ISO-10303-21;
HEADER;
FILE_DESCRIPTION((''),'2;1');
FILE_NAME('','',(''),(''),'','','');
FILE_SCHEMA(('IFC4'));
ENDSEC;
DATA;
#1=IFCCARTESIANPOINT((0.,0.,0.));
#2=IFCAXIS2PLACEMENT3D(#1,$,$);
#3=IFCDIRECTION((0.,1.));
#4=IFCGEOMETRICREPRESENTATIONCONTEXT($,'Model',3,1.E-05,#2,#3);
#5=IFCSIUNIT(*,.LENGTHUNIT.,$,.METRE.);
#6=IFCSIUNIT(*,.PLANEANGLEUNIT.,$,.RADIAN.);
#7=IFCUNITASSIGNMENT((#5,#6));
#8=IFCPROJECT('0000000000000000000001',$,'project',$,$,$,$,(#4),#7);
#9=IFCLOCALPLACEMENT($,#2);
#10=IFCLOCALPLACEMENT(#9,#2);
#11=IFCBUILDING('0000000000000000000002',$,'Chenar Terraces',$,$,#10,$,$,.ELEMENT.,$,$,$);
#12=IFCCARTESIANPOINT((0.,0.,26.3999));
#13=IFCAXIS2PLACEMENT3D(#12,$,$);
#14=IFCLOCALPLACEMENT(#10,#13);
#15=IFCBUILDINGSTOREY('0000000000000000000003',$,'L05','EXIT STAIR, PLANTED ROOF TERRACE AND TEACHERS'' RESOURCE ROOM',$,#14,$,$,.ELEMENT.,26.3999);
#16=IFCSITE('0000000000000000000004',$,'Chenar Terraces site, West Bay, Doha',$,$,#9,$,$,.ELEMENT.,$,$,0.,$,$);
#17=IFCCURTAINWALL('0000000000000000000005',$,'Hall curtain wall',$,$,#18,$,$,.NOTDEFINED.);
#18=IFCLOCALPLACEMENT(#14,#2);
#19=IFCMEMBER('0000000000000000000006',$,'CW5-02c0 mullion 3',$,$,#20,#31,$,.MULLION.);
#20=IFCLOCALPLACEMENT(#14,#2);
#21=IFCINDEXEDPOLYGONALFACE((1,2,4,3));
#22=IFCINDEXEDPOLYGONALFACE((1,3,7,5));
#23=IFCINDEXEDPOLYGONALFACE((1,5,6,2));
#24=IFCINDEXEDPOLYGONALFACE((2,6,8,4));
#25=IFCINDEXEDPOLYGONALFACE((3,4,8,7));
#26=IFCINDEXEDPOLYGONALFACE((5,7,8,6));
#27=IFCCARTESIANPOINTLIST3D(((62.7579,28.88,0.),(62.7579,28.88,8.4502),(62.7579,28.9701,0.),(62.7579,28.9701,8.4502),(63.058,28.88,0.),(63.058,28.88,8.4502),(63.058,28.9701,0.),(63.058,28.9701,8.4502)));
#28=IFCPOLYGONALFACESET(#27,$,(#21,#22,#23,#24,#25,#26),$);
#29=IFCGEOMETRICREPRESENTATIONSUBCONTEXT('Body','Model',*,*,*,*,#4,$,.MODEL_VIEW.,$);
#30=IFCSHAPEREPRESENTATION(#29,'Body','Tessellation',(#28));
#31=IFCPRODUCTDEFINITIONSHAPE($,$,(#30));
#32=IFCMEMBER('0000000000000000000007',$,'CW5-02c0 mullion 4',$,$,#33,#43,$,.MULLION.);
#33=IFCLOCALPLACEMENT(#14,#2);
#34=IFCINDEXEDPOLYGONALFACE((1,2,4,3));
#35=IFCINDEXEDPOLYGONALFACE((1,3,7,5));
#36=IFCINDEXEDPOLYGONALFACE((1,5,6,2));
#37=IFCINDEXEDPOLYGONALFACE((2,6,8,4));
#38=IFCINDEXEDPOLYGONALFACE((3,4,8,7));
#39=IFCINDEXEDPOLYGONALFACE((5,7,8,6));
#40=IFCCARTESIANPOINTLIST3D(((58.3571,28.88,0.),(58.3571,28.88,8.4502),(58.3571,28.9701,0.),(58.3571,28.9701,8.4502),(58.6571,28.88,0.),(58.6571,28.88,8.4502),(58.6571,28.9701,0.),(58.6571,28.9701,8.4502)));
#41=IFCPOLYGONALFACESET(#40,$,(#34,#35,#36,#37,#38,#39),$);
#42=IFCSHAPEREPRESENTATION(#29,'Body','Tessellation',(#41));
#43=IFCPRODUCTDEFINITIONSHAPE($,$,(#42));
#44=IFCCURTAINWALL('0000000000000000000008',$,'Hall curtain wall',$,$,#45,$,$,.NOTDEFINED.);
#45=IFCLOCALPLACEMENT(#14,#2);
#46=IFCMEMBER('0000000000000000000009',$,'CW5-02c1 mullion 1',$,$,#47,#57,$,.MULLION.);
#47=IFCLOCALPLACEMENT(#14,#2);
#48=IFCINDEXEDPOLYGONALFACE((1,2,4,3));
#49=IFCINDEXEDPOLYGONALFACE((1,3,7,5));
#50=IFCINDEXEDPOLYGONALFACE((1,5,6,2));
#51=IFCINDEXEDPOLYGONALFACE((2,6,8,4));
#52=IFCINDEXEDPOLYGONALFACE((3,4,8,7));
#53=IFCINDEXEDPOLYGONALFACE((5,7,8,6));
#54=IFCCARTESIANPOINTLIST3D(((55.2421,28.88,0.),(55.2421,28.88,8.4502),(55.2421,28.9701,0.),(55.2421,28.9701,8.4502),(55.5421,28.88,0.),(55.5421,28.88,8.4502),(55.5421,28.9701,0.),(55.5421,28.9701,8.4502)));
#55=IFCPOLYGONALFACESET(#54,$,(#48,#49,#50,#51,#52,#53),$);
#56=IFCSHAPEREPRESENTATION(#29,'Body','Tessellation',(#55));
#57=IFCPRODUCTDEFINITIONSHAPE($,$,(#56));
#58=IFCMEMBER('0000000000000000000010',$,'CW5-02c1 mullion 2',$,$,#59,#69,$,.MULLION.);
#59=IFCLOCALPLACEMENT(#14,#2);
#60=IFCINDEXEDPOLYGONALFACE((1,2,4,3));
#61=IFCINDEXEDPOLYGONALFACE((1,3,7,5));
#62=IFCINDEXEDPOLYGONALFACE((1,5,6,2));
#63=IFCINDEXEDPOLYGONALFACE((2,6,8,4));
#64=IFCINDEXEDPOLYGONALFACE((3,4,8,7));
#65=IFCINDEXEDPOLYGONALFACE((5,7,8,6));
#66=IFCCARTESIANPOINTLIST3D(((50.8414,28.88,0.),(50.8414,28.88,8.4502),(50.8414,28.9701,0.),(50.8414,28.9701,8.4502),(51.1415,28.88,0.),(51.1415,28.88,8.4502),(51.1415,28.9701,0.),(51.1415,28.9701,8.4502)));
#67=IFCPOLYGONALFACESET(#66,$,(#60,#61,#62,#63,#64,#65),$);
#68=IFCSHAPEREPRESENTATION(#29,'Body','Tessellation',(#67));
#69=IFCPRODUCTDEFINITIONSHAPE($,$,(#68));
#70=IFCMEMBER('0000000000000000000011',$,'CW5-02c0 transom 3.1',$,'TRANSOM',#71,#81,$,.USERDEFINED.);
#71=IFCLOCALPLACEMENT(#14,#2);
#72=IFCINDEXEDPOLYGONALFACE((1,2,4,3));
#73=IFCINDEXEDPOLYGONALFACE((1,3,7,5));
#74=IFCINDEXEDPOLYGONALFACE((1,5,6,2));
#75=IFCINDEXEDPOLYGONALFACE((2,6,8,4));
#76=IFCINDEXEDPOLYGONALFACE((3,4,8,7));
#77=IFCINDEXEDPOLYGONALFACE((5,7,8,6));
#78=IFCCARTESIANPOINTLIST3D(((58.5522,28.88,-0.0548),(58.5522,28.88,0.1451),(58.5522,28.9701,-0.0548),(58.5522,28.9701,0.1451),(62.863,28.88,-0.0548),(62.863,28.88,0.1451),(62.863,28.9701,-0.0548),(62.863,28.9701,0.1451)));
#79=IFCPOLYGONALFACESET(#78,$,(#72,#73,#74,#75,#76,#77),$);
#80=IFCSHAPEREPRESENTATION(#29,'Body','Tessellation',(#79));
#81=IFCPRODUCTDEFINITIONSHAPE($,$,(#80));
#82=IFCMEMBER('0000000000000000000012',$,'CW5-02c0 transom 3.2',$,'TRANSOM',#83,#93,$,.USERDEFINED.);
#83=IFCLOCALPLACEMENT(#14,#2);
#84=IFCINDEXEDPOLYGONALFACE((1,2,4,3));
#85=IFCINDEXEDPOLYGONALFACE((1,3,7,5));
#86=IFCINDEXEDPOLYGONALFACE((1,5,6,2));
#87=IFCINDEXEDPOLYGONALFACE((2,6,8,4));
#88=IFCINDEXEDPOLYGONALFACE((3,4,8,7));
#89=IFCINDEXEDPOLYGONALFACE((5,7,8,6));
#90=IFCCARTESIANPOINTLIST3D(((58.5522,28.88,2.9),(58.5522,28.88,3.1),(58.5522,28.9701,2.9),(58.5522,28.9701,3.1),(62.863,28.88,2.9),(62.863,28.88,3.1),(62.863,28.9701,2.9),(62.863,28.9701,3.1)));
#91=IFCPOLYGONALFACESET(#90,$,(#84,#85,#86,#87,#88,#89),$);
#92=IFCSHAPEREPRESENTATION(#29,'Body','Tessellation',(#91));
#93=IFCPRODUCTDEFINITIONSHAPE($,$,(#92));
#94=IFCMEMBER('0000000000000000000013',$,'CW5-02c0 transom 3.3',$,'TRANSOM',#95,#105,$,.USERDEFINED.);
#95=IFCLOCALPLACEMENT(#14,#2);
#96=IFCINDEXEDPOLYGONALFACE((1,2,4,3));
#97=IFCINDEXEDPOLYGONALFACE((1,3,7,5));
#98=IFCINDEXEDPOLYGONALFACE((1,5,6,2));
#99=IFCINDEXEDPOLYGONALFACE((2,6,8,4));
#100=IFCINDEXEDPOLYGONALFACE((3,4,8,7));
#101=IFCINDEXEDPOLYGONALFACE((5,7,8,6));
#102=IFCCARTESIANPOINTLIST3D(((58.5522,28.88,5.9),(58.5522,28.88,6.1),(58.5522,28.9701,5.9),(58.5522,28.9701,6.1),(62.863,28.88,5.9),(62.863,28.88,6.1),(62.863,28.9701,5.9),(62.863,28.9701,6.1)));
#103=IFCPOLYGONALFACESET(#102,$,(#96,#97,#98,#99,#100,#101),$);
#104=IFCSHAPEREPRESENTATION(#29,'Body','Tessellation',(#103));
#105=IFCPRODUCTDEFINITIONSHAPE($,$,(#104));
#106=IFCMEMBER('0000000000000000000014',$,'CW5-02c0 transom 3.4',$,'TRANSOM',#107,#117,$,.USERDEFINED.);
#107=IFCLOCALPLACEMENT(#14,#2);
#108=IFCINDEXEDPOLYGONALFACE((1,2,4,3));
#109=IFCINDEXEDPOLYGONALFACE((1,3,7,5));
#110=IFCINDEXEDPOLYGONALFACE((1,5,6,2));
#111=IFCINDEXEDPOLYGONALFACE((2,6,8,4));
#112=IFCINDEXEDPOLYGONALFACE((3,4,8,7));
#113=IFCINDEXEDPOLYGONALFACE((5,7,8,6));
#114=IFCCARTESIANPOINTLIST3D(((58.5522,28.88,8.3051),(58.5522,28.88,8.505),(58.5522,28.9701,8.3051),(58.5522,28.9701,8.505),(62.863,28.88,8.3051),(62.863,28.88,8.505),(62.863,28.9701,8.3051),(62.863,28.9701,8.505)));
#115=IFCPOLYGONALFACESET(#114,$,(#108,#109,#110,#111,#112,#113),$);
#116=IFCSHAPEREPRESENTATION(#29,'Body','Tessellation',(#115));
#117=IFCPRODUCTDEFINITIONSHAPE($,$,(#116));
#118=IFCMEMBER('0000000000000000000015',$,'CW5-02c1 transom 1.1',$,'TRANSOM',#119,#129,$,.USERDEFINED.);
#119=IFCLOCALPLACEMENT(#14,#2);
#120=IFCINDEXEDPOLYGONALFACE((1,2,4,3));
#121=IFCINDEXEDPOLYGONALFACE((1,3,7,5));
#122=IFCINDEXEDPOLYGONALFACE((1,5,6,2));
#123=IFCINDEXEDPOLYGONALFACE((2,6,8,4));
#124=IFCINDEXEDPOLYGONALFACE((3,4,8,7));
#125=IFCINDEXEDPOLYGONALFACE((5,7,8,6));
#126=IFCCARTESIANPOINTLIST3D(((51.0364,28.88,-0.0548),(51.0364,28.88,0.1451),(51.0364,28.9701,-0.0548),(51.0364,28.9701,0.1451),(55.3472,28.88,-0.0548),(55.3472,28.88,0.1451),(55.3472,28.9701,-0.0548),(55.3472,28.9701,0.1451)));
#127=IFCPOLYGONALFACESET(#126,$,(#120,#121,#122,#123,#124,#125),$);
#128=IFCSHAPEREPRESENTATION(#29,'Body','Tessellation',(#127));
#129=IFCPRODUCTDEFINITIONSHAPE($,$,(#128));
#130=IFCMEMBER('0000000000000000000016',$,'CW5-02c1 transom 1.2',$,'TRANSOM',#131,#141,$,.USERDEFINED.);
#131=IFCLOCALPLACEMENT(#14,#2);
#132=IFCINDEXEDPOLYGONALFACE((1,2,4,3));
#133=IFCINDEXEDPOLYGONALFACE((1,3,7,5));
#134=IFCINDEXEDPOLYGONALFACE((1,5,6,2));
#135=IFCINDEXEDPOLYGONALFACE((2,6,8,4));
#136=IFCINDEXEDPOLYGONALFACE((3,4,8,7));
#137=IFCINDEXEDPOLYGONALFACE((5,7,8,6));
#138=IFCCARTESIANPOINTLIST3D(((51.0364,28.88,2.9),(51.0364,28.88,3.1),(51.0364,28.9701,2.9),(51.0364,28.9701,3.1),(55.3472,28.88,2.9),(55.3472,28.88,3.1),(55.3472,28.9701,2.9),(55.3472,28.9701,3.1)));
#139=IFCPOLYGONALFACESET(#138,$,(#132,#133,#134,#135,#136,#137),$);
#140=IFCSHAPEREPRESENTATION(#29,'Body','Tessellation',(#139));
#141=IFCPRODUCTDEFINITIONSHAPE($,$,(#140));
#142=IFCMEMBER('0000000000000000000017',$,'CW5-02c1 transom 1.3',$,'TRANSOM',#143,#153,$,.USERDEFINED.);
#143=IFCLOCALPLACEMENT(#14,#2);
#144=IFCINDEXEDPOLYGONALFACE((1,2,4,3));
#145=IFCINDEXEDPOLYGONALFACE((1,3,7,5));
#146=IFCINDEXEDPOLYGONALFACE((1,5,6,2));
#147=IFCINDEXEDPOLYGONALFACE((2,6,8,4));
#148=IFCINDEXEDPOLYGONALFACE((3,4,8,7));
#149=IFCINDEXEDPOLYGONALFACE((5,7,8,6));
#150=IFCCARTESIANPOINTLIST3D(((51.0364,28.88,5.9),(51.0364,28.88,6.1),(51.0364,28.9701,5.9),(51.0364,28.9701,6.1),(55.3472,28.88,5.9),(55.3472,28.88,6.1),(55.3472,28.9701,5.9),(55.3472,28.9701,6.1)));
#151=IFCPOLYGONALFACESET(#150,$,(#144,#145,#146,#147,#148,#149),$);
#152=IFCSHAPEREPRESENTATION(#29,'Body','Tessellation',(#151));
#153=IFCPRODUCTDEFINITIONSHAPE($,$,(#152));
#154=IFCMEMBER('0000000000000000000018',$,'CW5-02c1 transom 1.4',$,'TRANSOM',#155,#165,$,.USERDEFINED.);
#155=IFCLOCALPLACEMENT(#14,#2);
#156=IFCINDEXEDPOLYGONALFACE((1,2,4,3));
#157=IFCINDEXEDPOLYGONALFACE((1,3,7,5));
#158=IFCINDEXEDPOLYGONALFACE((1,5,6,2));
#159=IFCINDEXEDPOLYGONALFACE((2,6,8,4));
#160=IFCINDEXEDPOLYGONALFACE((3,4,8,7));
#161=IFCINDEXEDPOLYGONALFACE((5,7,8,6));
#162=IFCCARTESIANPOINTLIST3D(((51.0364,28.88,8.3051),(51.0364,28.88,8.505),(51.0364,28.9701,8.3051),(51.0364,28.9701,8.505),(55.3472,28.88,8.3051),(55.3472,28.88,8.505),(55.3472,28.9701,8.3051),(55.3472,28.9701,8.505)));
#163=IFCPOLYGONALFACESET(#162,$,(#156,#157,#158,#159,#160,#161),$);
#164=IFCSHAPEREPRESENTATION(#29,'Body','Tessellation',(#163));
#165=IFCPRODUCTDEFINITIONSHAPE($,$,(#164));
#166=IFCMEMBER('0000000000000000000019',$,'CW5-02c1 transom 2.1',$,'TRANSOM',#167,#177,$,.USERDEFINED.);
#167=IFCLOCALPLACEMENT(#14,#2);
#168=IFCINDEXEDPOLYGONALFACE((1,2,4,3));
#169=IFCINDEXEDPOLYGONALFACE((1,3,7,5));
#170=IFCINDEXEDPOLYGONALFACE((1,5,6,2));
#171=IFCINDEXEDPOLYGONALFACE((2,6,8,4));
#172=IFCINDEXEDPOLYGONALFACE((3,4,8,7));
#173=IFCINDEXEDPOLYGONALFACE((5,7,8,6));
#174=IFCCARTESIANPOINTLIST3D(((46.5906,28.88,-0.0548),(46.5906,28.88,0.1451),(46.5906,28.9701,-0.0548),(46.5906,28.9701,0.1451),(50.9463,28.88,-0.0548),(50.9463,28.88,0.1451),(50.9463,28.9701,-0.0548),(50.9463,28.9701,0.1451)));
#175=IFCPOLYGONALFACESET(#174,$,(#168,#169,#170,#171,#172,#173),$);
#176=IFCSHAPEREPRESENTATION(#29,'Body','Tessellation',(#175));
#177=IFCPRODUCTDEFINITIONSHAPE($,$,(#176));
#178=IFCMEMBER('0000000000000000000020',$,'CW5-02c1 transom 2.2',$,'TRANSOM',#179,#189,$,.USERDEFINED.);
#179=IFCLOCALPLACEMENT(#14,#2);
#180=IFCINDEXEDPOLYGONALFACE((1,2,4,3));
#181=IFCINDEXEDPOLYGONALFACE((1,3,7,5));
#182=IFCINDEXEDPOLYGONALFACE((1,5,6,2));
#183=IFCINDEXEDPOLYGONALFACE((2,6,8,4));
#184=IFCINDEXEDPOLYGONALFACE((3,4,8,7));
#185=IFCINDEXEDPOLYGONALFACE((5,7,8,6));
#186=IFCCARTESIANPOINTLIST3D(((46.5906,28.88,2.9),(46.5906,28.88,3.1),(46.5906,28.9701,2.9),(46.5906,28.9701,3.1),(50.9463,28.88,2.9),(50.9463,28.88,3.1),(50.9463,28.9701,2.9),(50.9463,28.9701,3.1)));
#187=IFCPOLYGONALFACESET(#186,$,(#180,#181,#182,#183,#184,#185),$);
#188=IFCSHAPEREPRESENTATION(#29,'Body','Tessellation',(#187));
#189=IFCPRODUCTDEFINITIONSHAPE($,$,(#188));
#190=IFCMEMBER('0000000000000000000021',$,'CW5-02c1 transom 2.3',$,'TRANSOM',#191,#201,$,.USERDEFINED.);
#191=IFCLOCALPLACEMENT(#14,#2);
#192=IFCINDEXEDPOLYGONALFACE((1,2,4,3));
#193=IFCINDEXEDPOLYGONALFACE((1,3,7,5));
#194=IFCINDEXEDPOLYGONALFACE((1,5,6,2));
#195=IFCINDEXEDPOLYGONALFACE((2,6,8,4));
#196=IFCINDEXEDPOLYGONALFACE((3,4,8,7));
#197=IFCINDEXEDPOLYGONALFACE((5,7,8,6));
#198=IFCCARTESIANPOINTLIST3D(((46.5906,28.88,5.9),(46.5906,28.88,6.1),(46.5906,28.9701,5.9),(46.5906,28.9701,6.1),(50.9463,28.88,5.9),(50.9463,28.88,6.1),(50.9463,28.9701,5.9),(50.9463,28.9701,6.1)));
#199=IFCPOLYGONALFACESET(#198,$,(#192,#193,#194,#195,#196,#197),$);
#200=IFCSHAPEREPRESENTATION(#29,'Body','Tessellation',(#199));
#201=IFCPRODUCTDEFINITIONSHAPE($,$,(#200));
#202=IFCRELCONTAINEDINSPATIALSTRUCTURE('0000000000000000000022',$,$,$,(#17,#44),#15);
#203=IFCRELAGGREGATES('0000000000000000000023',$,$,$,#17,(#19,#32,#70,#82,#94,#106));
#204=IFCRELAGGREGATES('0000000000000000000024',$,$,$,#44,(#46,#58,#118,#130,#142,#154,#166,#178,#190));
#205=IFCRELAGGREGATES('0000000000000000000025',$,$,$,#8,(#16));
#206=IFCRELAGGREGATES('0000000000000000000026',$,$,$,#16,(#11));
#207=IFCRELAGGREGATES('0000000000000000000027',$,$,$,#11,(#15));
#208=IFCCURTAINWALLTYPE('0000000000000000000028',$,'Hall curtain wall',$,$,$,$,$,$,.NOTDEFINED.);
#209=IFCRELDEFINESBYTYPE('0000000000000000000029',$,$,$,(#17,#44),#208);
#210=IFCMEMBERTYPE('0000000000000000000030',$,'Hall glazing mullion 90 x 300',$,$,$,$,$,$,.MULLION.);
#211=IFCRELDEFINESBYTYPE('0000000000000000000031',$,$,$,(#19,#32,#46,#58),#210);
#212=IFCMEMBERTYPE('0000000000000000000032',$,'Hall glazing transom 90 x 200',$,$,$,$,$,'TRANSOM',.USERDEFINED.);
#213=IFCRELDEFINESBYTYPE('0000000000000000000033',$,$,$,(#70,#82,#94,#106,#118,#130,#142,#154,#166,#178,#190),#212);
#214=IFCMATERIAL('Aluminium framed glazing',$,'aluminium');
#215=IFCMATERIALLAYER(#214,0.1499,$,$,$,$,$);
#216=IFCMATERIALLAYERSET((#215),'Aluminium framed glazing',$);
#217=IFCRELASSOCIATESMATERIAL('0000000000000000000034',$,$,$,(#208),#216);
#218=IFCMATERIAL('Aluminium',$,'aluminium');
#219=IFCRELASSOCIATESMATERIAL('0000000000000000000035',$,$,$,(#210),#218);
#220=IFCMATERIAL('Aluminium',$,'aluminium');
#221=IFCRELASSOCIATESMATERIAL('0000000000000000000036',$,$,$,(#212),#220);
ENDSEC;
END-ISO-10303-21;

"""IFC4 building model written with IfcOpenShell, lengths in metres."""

from ifc_helpers import new_model, si_unit, direction, frame, origin, origin_2d, place, context, subcontext, project, spatial, rectangle, extrude, material, layer, layer_set, material_profile, profile_set, type_object, element, aggregate, save


model = new_model("IFC4")

# Units and contexts
model_context = context("Model", 3, precision=1e-05, world=origin(), true_north=direction((0.0, 1.0)))
body_context = subcontext(model_context, "Body", "Model", "MODEL_VIEW")
ifc_project = project(units=[si_unit("LENGTHUNIT", "METRE"), si_unit("PLANEANGLEUNIT", "RADIAN")], contexts=[model_context])

# Site, building, storey
site_placement = place(None, origin())
site = spatial("IfcSite", under=ifc_project, at=site_placement, Name="Chenar Terraces site, West Bay, Doha", CompositionType="ELEMENT", RefElevation=0.0)
building_placement = place(site_placement, origin())
building = spatial("IfcBuilding", under=site, at=building_placement, Name="Chenar Terraces", CompositionType="ELEMENT")
storey_placement = place(building_placement, frame((0.0, 0.0, 26.3999)))
storey = spatial("IfcBuildingStorey", under=building, at=storey_placement, Name="L05", Description="EXIT STAIR, PLANTED ROOF TERRACE AND TEACHERS' RESOURCE ROOM", CompositionType="ELEMENT", Elevation=26.3999)

# Curtain walls, members
ifc_material_1 = material(Name="Aluminium framed glazing", Category="aluminium")
ifc_layer_1 = layer(ifc_material_1, 0.1499)
ifc_layer_set_1 = layer_set([ifc_layer_1], Name="Aluminium framed glazing")
curtain_wall_type = type_object("IfcCurtainWallType", Name="Hall curtain wall", PredefinedType="NOTDEFINED", material=ifc_layer_set_1)
placement = place(storey_placement, origin())
curtain_wall_1 = element("IfcCurtainWall", 1, at=placement, inside=storey, type_object=curtain_wall_type, Name="Hall curtain wall", PredefinedType="NOTDEFINED")
ifc_material_2 = material(Name="Aluminium", Category="aluminium")
ifc_material_profile_1 = material_profile(ifc_material_2, rectangle(XDim=0.0901, YDim=0.3, at=origin_2d()), Name="Hall glazing mullion 90 x 300")
ifc_profile_set_1 = profile_set([ifc_material_profile_1], Name="Aluminium")
member_type_1 = type_object("IfcMemberType", Name="Hall glazing mullion 90 x 300", PredefinedType="MULLION", material=ifc_profile_set_1)
member_1_placement = place(storey_placement, frame((62.908, 28.925, 0.0), z_axis=(0.0, 0.0, 1.0), x_axis=(0.0, -1.0, 0.0)))
member_1 = element("IfcMember", 2, at=member_1_placement, type_object=member_type_1, Name="CW5-02c0 mullion 3", PredefinedType="MULLION", context=body_context, shape_type="SweptSolid", body=[
    extrude(rectangle(XDim=0.0901, YDim=0.3, at=origin_2d()), origin(), (0.0, 0.0, 1.0), 8.4502),
])
member_2_placement = place(storey_placement, frame((58.5071, 28.925, 0.0), z_axis=(0.0, 0.0, 1.0), x_axis=(0.0, -1.0, 0.0)))
member_2 = element("IfcMember", 3, at=member_2_placement, type_object=member_type_1, Name="CW5-02c0 mullion 4", PredefinedType="MULLION", context=body_context, shape_type="SweptSolid", body=[
    extrude(rectangle(XDim=0.0901, YDim=0.3, at=origin_2d()), origin(), (0.0, 0.0, 1.0), 8.4502),
])
curtain_wall_2 = element("IfcCurtainWall", 4, at=placement, inside=storey, type_object=curtain_wall_type, Name="Hall curtain wall", PredefinedType="NOTDEFINED")
member_3_placement = place(storey_placement, frame((55.3921, 28.925, 0.0), z_axis=(0.0, 0.0, 1.0), x_axis=(0.0, -1.0, 0.0)))
member_3 = element("IfcMember", 5, at=member_3_placement, type_object=member_type_1, Name="CW5-02c1 mullion 1", PredefinedType="MULLION", context=body_context, shape_type="SweptSolid", body=[
    extrude(rectangle(XDim=0.0901, YDim=0.3, at=origin_2d()), origin(), (0.0, 0.0, 1.0), 8.4502),
])
member_4_placement = place(storey_placement, frame((50.9915, 28.925, 0.0), z_axis=(0.0, 0.0, 1.0), x_axis=(0.0, -1.0, 0.0)))
member_4 = element("IfcMember", 6, at=member_4_placement, type_object=member_type_1, Name="CW5-02c1 mullion 2", PredefinedType="MULLION", context=body_context, shape_type="SweptSolid", body=[
    extrude(rectangle(XDim=0.0901, YDim=0.3, at=origin_2d()), origin(), (0.0, 0.0, 1.0), 8.4502),
])

# Members
ifc_material_3 = material(Name="Aluminium", Category="aluminium")
ifc_material_profile_2 = material_profile(ifc_material_3, rectangle(XDim=0.0901, YDim=0.2, at=origin_2d()), Name="Hall glazing transom 90 x 200")
ifc_profile_set_2 = profile_set([ifc_material_profile_2], Name="Aluminium")
member_type_2 = type_object("IfcMemberType", Name="Hall glazing transom 90 x 200", ElementType="TRANSOM", PredefinedType="USERDEFINED", material=ifc_profile_set_2)
member_5_placement = place(storey_placement, frame((62.863, 28.925, 0.0452), z_axis=(-1.0, 0.0, 0.0), x_axis=(0.0, -1.0, 0.0)))
member_5 = element("IfcMember", 7, at=member_5_placement, type_object=member_type_2, Name="CW5-02c0 transom 3.1", ObjectType="TRANSOM", PredefinedType="USERDEFINED", context=body_context, shape_type="SweptSolid", body=[
    extrude(rectangle(XDim=0.0901, YDim=0.2, at=origin_2d()), origin(), (0.0, 0.0, 1.0), 4.3108),
])
member_6_placement = place(storey_placement, frame((62.863, 28.925, 3.0), z_axis=(-1.0, 0.0, 0.0), x_axis=(0.0, -1.0, 0.0)))
member_6 = element("IfcMember", 8, at=member_6_placement, type_object=member_type_2, Name="CW5-02c0 transom 3.2", ObjectType="TRANSOM", PredefinedType="USERDEFINED", context=body_context, shape_type="SweptSolid", body=[
    extrude(rectangle(XDim=0.0901, YDim=0.2, at=origin_2d()), origin(), (0.0, 0.0, 1.0), 4.3108),
])
member_7_placement = place(storey_placement, frame((62.863, 28.925, 6.0), z_axis=(-1.0, 0.0, 0.0), x_axis=(0.0, -1.0, 0.0)))
member_7 = element("IfcMember", 9, at=member_7_placement, type_object=member_type_2, Name="CW5-02c0 transom 3.3", ObjectType="TRANSOM", PredefinedType="USERDEFINED", context=body_context, shape_type="SweptSolid", body=[
    extrude(rectangle(XDim=0.0901, YDim=0.2, at=origin_2d()), origin(), (0.0, 0.0, 1.0), 4.3108),
])
member_8_placement = place(storey_placement, frame((62.863, 28.925, 8.405), z_axis=(-1.0, 0.0, 0.0), x_axis=(0.0, -1.0, 0.0)))
member_8 = element("IfcMember", 10, at=member_8_placement, type_object=member_type_2, Name="CW5-02c0 transom 3.4", ObjectType="TRANSOM", PredefinedType="USERDEFINED", context=body_context, shape_type="SweptSolid", body=[
    extrude(rectangle(XDim=0.0901, YDim=0.2, at=origin_2d()), origin(), (0.0, 0.0, 1.0), 4.3108),
])
member_9_placement = place(storey_placement, frame((55.3472, 28.925, 0.0452), z_axis=(-1.0, 0.0, 0.0), x_axis=(0.0, -1.0, 0.0)))
member_9 = element("IfcMember", 11, at=member_9_placement, type_object=member_type_2, Name="CW5-02c1 transom 1.1", ObjectType="TRANSOM", PredefinedType="USERDEFINED", context=body_context, shape_type="SweptSolid", body=[
    extrude(rectangle(XDim=0.0901, YDim=0.2, at=origin_2d()), origin(), (0.0, 0.0, 1.0), 4.3108),
])
member_10_placement = place(storey_placement, frame((55.3472, 28.925, 3.0), z_axis=(-1.0, 0.0, 0.0), x_axis=(0.0, -1.0, 0.0)))
member_10 = element("IfcMember", 12, at=member_10_placement, type_object=member_type_2, Name="CW5-02c1 transom 1.2", ObjectType="TRANSOM", PredefinedType="USERDEFINED", context=body_context, shape_type="SweptSolid", body=[
    extrude(rectangle(XDim=0.0901, YDim=0.2, at=origin_2d()), origin(), (0.0, 0.0, 1.0), 4.3108),
])
member_11_placement = place(storey_placement, frame((55.3472, 28.925, 6.0), z_axis=(-1.0, 0.0, 0.0), x_axis=(0.0, -1.0, 0.0)))
member_11 = element("IfcMember", 13, at=member_11_placement, type_object=member_type_2, Name="CW5-02c1 transom 1.3", ObjectType="TRANSOM", PredefinedType="USERDEFINED", context=body_context, shape_type="SweptSolid", body=[
    extrude(rectangle(XDim=0.0901, YDim=0.2, at=origin_2d()), origin(), (0.0, 0.0, 1.0), 4.3108),
])
member_12_placement = place(storey_placement, frame((55.3472, 28.925, 8.405), z_axis=(-1.0, 0.0, 0.0), x_axis=(0.0, -1.0, 0.0)))
member_12 = element("IfcMember", 14, at=member_12_placement, type_object=member_type_2, Name="CW5-02c1 transom 1.4", ObjectType="TRANSOM", PredefinedType="USERDEFINED", context=body_context, shape_type="SweptSolid", body=[
    extrude(rectangle(XDim=0.0901, YDim=0.2, at=origin_2d()), origin(), (0.0, 0.0, 1.0), 4.3108),
])
member_13_placement = place(storey_placement, frame((50.9463, 28.925, 0.0452), z_axis=(-1.0, 0.0, 0.0), x_axis=(0.0, -1.0, 0.0)))
member_13 = element("IfcMember", 15, at=member_13_placement, type_object=member_type_2, Name="CW5-02c1 transom 2.1", ObjectType="TRANSOM", PredefinedType="USERDEFINED", context=body_context, shape_type="SweptSolid", body=[
    extrude(rectangle(XDim=0.0901, YDim=0.2, at=origin_2d()), origin(), (0.0, 0.0, 1.0), 4.3557),
])
member_14_placement = place(storey_placement, frame((50.9463, 28.925, 3.0), z_axis=(-1.0, 0.0, 0.0), x_axis=(0.0, -1.0, 0.0)))
member_14 = element("IfcMember", 16, at=member_14_placement, type_object=member_type_2, Name="CW5-02c1 transom 2.2", ObjectType="TRANSOM", PredefinedType="USERDEFINED", context=body_context, shape_type="SweptSolid", body=[
    extrude(rectangle(XDim=0.0901, YDim=0.2, at=origin_2d()), origin(), (0.0, 0.0, 1.0), 4.3557),
])
member_15_placement = place(storey_placement, frame((50.9463, 28.925, 6.0), z_axis=(-1.0, 0.0, 0.0), x_axis=(0.0, -1.0, 0.0)))
member_15 = element("IfcMember", 17, at=member_15_placement, type_object=member_type_2, Name="CW5-02c1 transom 2.3", ObjectType="TRANSOM", PredefinedType="USERDEFINED", context=body_context, shape_type="SweptSolid", body=[
    extrude(rectangle(XDim=0.0901, YDim=0.2, at=origin_2d()), origin(), (0.0, 0.0, 1.0), 4.3557),
])

aggregate(curtain_wall_1, [member_1, member_2, member_5, member_6, member_7, member_8])
aggregate(curtain_wall_2, [member_3, member_4, member_9, member_10, member_11, member_12, member_13, member_14, member_15])

save(model, "model.ifc")
